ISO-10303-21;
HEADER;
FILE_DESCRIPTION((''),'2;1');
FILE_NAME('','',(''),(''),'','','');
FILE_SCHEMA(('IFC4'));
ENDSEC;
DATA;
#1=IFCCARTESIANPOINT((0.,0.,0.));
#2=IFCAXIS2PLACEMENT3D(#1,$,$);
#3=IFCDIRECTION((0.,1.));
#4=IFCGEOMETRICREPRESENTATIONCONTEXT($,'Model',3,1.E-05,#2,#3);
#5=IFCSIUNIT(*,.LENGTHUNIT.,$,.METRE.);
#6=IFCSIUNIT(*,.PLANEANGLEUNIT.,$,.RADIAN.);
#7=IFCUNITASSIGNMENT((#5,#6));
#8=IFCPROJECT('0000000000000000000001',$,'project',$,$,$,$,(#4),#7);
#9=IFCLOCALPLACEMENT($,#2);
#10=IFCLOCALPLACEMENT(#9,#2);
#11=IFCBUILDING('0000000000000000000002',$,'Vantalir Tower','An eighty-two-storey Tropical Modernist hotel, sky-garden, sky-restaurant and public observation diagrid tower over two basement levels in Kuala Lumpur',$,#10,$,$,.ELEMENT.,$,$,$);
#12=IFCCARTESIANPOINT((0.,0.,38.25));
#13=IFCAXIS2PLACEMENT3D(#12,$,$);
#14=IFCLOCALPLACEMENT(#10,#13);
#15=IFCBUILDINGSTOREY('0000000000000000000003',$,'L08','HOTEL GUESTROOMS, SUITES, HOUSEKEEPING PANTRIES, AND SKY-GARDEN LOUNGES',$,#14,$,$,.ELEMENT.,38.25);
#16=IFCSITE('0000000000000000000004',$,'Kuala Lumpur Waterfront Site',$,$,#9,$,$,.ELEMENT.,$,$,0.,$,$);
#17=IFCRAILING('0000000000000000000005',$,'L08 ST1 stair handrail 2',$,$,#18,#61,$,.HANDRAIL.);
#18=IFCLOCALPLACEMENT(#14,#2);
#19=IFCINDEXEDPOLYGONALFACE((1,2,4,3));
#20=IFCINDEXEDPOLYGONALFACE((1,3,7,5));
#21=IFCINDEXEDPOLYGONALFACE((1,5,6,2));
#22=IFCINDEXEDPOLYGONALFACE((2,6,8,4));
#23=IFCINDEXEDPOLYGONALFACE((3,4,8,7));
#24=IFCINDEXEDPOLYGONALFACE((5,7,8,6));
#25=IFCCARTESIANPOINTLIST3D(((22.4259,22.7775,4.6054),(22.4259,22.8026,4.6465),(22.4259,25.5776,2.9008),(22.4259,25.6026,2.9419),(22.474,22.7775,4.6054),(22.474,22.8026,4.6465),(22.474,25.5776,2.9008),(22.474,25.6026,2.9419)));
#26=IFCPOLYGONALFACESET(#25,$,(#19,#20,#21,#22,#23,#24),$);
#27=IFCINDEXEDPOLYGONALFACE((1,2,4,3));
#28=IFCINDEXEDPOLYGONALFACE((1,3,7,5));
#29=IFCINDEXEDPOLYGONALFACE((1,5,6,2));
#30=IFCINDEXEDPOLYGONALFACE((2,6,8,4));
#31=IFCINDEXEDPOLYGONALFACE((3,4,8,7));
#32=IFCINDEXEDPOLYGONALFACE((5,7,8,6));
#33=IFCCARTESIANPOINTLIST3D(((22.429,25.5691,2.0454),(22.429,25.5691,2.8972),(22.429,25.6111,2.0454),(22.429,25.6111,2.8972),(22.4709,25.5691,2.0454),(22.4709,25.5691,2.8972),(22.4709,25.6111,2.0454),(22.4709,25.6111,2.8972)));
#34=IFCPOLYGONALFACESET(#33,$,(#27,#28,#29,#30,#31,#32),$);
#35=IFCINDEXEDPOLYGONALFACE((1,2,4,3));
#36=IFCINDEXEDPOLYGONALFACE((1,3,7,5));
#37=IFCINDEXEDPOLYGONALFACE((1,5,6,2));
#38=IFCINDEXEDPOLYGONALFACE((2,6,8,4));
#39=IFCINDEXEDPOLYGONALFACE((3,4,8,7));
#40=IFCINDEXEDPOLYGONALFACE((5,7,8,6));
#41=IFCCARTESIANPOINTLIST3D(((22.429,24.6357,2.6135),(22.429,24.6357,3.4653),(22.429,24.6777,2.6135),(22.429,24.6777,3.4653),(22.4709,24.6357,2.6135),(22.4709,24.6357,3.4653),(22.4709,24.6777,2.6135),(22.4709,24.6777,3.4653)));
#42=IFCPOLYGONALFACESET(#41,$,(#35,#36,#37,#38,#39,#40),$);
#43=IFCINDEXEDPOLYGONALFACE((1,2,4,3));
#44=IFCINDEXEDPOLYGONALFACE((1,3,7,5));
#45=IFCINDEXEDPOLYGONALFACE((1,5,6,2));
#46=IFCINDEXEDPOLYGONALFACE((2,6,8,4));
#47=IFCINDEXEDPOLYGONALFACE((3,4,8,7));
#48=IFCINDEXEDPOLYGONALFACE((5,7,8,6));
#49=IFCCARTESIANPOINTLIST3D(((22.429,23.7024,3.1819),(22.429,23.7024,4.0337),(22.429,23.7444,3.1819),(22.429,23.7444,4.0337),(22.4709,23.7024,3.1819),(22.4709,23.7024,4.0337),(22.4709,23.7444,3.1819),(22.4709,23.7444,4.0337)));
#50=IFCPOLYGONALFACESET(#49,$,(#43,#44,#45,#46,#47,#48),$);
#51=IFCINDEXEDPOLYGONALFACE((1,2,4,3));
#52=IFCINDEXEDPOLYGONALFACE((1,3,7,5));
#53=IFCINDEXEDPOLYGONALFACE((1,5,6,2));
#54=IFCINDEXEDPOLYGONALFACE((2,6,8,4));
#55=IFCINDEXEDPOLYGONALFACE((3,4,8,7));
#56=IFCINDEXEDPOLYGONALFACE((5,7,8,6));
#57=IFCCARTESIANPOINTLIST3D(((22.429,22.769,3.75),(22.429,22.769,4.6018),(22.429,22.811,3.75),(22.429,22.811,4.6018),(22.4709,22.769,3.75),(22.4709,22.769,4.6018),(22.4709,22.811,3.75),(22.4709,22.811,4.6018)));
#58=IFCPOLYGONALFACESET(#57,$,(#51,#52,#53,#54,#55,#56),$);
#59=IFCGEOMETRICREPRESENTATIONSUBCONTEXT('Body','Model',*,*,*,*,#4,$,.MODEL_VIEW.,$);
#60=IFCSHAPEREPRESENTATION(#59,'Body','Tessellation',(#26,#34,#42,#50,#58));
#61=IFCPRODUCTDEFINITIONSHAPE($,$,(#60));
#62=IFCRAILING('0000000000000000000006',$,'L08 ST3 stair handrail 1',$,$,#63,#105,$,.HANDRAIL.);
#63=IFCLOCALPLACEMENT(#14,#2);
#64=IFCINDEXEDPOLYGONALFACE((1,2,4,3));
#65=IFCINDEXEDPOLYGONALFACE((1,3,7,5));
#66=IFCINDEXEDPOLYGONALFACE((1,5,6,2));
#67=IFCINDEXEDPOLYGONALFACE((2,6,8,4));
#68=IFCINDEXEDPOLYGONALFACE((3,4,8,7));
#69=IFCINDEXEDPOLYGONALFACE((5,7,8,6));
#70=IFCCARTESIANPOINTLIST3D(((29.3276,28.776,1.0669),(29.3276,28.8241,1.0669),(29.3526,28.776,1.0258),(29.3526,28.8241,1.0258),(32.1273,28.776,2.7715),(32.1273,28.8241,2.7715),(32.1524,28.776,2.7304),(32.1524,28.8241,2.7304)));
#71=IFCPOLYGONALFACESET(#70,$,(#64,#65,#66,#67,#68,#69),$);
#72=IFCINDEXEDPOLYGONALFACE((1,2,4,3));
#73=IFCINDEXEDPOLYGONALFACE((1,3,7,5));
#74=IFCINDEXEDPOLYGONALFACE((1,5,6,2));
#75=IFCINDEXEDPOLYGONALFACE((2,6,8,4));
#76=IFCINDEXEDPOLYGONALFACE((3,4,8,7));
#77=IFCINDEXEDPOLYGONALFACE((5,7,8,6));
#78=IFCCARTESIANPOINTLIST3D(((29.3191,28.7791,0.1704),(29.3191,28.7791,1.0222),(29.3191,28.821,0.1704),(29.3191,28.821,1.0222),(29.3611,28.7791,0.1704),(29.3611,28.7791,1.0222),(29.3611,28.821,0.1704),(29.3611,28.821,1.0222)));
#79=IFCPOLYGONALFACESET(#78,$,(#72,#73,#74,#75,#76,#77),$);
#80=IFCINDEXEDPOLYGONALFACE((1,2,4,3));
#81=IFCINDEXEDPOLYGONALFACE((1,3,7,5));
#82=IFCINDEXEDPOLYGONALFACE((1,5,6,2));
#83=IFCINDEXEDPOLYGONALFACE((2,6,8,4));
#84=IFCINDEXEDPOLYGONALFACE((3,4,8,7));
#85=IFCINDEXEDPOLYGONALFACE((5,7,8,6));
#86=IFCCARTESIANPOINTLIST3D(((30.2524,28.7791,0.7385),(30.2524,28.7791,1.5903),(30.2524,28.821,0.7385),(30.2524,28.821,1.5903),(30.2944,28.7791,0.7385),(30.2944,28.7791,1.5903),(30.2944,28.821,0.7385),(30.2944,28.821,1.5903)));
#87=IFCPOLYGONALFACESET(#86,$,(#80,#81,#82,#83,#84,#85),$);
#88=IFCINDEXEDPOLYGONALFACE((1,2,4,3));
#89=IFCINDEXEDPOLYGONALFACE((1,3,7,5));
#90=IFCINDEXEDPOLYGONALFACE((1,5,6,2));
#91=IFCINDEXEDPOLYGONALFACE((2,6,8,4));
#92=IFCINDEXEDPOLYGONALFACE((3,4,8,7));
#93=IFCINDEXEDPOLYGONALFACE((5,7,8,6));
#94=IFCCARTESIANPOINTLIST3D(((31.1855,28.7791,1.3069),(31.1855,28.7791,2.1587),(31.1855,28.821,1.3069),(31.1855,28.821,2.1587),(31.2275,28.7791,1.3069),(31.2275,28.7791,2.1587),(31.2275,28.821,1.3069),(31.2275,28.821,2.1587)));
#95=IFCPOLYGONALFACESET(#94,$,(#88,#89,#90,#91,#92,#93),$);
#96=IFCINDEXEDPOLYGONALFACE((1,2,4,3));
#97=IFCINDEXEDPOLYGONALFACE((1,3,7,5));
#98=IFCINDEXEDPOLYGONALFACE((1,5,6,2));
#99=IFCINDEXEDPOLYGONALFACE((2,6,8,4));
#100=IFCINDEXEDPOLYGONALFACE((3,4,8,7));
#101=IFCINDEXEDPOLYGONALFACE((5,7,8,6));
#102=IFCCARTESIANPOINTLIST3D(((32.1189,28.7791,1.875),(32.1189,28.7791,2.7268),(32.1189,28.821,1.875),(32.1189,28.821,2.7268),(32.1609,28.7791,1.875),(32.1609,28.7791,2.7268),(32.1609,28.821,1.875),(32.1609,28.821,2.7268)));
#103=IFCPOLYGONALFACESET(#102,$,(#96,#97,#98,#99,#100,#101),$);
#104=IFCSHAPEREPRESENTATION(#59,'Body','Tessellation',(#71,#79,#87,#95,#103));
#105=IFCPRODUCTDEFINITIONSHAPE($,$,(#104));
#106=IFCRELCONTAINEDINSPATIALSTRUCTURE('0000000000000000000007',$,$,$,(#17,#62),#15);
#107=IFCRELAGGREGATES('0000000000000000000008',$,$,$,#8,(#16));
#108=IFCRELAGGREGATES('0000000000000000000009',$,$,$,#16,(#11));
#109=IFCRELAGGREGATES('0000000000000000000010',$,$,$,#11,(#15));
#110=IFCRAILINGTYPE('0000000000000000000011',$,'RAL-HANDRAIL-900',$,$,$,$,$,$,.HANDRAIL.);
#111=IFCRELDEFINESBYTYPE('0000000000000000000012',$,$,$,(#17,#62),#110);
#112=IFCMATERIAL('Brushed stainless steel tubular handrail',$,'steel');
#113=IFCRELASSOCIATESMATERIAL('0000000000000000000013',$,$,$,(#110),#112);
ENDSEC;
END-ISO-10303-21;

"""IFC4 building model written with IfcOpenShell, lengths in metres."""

from ifc_helpers import new_model, si_unit, direction, frame, origin, origin_2d, place, context, subcontext, project, spatial, rectangle, extrude, material, type_object, element, save


model = new_model("IFC4")

# Units and contexts
model_context = context("Model", 3, precision=1e-05, world=origin(), true_north=direction((0.0, 1.0)))
body_context = subcontext(model_context, "Body", "Model", "MODEL_VIEW")
ifc_project = project(units=[si_unit("LENGTHUNIT", "METRE"), si_unit("PLANEANGLEUNIT", "RADIAN")], contexts=[model_context])

# Site, building, storey
site_placement = place(None, origin())
site = spatial("IfcSite", under=ifc_project, at=site_placement, Name="Kuala Lumpur Waterfront Site", CompositionType="ELEMENT", RefElevation=0.0)
building_placement = place(site_placement, origin())
building = spatial("IfcBuilding", under=site, at=building_placement, Name="Vantalir Tower", Description="An eighty-two-storey Tropical Modernist hotel, sky-garden, sky-restaurant and public observation diagrid tower over two basement levels in Kuala Lumpur", CompositionType="ELEMENT")
storey_placement = place(building_placement, frame((0.0, 0.0, 38.25)))
storey = spatial("IfcBuildingStorey", under=building, at=storey_placement, Name="L08", Description="HOTEL GUESTROOMS, SUITES, HOUSEKEEPING PANTRIES, AND SKY-GARDEN LOUNGES", CompositionType="ELEMENT", Elevation=38.25)

# Railings
ifc_material_1 = material(Name="Brushed stainless steel tubular handrail", Category="steel")
railing_type_1 = type_object("IfcRailingType", Name="RAL-HANDRAIL-900", PredefinedType="HANDRAIL", material=ifc_material_1)
railing_1_placement = place(storey_placement, frame((22.45, 25.5901, 2.0454)))
element("IfcRailing", 1, at=railing_1_placement, inside=storey, type_object=railing_type_1, Name="L08 ST1 stair handrail 2", PredefinedType="HANDRAIL", context=body_context, shape_type="SweptSolid", body=[
    extrude(rectangle(XDim=0.0481, YDim=0.0481, at=origin_2d()), frame((0.0, 0.0, 0.876), z_axis=(0.0, -0.85417, 0.519994), x_axis=(1.0, 0.0, 0.0)), (0.0, 0.0, 1.0), 3.2781),
    extrude(rectangle(XDim=0.042, YDim=0.042, at=origin_2d()), origin(), (0.0, 0.0, 1.0), 0.8518),
    extrude(rectangle(XDim=0.042, YDim=0.042, at=origin_2d()), frame((0.0, -0.9333, 0.5681)), (0.0, 0.0, 1.0), 0.8518),
    extrude(rectangle(XDim=0.042, YDim=0.042, at=origin_2d()), frame((0.0, -1.8667, 1.1365)), (0.0, 0.0, 1.0), 0.8518),
    extrude(rectangle(XDim=0.042, YDim=0.042, at=origin_2d()), frame((0.0, -2.8, 1.7046)), (0.0, 0.0, 1.0), 0.8518),
])
railing_2_placement = place(storey_placement, frame((29.3401, 28.8, 0.1704)))
element("IfcRailing", 2, at=railing_2_placement, inside=storey, type_object=railing_type_1, Name="L08 ST3 stair handrail 1", PredefinedType="HANDRAIL", context=body_context, shape_type="SweptSolid", body=[
    extrude(rectangle(XDim=0.0481, YDim=0.0481, at=origin_2d()), frame((0.0, 0.0, 0.876), z_axis=(0.85415, 0.0, 0.520027), x_axis=(0.0, 1.0, 0.0)), (0.0, 0.0, 1.0), 3.2778),
    extrude(rectangle(XDim=0.042, YDim=0.042, at=origin_2d()), origin(), (0.0, 0.0, 1.0), 0.8518),
    extrude(rectangle(XDim=0.042, YDim=0.042, at=origin_2d()), frame((0.9333, 0.0, 0.5681)), (0.0, 0.0, 1.0), 0.8518),
    extrude(rectangle(XDim=0.042, YDim=0.042, at=origin_2d()), frame((1.8665, 0.0, 1.1365)), (0.0, 0.0, 1.0), 0.8518),
    extrude(rectangle(XDim=0.042, YDim=0.042, at=origin_2d()), frame((2.7998, 0.0, 1.7046)), (0.0, 0.0, 1.0), 0.8518),
])

save(model, "model.ifc")
